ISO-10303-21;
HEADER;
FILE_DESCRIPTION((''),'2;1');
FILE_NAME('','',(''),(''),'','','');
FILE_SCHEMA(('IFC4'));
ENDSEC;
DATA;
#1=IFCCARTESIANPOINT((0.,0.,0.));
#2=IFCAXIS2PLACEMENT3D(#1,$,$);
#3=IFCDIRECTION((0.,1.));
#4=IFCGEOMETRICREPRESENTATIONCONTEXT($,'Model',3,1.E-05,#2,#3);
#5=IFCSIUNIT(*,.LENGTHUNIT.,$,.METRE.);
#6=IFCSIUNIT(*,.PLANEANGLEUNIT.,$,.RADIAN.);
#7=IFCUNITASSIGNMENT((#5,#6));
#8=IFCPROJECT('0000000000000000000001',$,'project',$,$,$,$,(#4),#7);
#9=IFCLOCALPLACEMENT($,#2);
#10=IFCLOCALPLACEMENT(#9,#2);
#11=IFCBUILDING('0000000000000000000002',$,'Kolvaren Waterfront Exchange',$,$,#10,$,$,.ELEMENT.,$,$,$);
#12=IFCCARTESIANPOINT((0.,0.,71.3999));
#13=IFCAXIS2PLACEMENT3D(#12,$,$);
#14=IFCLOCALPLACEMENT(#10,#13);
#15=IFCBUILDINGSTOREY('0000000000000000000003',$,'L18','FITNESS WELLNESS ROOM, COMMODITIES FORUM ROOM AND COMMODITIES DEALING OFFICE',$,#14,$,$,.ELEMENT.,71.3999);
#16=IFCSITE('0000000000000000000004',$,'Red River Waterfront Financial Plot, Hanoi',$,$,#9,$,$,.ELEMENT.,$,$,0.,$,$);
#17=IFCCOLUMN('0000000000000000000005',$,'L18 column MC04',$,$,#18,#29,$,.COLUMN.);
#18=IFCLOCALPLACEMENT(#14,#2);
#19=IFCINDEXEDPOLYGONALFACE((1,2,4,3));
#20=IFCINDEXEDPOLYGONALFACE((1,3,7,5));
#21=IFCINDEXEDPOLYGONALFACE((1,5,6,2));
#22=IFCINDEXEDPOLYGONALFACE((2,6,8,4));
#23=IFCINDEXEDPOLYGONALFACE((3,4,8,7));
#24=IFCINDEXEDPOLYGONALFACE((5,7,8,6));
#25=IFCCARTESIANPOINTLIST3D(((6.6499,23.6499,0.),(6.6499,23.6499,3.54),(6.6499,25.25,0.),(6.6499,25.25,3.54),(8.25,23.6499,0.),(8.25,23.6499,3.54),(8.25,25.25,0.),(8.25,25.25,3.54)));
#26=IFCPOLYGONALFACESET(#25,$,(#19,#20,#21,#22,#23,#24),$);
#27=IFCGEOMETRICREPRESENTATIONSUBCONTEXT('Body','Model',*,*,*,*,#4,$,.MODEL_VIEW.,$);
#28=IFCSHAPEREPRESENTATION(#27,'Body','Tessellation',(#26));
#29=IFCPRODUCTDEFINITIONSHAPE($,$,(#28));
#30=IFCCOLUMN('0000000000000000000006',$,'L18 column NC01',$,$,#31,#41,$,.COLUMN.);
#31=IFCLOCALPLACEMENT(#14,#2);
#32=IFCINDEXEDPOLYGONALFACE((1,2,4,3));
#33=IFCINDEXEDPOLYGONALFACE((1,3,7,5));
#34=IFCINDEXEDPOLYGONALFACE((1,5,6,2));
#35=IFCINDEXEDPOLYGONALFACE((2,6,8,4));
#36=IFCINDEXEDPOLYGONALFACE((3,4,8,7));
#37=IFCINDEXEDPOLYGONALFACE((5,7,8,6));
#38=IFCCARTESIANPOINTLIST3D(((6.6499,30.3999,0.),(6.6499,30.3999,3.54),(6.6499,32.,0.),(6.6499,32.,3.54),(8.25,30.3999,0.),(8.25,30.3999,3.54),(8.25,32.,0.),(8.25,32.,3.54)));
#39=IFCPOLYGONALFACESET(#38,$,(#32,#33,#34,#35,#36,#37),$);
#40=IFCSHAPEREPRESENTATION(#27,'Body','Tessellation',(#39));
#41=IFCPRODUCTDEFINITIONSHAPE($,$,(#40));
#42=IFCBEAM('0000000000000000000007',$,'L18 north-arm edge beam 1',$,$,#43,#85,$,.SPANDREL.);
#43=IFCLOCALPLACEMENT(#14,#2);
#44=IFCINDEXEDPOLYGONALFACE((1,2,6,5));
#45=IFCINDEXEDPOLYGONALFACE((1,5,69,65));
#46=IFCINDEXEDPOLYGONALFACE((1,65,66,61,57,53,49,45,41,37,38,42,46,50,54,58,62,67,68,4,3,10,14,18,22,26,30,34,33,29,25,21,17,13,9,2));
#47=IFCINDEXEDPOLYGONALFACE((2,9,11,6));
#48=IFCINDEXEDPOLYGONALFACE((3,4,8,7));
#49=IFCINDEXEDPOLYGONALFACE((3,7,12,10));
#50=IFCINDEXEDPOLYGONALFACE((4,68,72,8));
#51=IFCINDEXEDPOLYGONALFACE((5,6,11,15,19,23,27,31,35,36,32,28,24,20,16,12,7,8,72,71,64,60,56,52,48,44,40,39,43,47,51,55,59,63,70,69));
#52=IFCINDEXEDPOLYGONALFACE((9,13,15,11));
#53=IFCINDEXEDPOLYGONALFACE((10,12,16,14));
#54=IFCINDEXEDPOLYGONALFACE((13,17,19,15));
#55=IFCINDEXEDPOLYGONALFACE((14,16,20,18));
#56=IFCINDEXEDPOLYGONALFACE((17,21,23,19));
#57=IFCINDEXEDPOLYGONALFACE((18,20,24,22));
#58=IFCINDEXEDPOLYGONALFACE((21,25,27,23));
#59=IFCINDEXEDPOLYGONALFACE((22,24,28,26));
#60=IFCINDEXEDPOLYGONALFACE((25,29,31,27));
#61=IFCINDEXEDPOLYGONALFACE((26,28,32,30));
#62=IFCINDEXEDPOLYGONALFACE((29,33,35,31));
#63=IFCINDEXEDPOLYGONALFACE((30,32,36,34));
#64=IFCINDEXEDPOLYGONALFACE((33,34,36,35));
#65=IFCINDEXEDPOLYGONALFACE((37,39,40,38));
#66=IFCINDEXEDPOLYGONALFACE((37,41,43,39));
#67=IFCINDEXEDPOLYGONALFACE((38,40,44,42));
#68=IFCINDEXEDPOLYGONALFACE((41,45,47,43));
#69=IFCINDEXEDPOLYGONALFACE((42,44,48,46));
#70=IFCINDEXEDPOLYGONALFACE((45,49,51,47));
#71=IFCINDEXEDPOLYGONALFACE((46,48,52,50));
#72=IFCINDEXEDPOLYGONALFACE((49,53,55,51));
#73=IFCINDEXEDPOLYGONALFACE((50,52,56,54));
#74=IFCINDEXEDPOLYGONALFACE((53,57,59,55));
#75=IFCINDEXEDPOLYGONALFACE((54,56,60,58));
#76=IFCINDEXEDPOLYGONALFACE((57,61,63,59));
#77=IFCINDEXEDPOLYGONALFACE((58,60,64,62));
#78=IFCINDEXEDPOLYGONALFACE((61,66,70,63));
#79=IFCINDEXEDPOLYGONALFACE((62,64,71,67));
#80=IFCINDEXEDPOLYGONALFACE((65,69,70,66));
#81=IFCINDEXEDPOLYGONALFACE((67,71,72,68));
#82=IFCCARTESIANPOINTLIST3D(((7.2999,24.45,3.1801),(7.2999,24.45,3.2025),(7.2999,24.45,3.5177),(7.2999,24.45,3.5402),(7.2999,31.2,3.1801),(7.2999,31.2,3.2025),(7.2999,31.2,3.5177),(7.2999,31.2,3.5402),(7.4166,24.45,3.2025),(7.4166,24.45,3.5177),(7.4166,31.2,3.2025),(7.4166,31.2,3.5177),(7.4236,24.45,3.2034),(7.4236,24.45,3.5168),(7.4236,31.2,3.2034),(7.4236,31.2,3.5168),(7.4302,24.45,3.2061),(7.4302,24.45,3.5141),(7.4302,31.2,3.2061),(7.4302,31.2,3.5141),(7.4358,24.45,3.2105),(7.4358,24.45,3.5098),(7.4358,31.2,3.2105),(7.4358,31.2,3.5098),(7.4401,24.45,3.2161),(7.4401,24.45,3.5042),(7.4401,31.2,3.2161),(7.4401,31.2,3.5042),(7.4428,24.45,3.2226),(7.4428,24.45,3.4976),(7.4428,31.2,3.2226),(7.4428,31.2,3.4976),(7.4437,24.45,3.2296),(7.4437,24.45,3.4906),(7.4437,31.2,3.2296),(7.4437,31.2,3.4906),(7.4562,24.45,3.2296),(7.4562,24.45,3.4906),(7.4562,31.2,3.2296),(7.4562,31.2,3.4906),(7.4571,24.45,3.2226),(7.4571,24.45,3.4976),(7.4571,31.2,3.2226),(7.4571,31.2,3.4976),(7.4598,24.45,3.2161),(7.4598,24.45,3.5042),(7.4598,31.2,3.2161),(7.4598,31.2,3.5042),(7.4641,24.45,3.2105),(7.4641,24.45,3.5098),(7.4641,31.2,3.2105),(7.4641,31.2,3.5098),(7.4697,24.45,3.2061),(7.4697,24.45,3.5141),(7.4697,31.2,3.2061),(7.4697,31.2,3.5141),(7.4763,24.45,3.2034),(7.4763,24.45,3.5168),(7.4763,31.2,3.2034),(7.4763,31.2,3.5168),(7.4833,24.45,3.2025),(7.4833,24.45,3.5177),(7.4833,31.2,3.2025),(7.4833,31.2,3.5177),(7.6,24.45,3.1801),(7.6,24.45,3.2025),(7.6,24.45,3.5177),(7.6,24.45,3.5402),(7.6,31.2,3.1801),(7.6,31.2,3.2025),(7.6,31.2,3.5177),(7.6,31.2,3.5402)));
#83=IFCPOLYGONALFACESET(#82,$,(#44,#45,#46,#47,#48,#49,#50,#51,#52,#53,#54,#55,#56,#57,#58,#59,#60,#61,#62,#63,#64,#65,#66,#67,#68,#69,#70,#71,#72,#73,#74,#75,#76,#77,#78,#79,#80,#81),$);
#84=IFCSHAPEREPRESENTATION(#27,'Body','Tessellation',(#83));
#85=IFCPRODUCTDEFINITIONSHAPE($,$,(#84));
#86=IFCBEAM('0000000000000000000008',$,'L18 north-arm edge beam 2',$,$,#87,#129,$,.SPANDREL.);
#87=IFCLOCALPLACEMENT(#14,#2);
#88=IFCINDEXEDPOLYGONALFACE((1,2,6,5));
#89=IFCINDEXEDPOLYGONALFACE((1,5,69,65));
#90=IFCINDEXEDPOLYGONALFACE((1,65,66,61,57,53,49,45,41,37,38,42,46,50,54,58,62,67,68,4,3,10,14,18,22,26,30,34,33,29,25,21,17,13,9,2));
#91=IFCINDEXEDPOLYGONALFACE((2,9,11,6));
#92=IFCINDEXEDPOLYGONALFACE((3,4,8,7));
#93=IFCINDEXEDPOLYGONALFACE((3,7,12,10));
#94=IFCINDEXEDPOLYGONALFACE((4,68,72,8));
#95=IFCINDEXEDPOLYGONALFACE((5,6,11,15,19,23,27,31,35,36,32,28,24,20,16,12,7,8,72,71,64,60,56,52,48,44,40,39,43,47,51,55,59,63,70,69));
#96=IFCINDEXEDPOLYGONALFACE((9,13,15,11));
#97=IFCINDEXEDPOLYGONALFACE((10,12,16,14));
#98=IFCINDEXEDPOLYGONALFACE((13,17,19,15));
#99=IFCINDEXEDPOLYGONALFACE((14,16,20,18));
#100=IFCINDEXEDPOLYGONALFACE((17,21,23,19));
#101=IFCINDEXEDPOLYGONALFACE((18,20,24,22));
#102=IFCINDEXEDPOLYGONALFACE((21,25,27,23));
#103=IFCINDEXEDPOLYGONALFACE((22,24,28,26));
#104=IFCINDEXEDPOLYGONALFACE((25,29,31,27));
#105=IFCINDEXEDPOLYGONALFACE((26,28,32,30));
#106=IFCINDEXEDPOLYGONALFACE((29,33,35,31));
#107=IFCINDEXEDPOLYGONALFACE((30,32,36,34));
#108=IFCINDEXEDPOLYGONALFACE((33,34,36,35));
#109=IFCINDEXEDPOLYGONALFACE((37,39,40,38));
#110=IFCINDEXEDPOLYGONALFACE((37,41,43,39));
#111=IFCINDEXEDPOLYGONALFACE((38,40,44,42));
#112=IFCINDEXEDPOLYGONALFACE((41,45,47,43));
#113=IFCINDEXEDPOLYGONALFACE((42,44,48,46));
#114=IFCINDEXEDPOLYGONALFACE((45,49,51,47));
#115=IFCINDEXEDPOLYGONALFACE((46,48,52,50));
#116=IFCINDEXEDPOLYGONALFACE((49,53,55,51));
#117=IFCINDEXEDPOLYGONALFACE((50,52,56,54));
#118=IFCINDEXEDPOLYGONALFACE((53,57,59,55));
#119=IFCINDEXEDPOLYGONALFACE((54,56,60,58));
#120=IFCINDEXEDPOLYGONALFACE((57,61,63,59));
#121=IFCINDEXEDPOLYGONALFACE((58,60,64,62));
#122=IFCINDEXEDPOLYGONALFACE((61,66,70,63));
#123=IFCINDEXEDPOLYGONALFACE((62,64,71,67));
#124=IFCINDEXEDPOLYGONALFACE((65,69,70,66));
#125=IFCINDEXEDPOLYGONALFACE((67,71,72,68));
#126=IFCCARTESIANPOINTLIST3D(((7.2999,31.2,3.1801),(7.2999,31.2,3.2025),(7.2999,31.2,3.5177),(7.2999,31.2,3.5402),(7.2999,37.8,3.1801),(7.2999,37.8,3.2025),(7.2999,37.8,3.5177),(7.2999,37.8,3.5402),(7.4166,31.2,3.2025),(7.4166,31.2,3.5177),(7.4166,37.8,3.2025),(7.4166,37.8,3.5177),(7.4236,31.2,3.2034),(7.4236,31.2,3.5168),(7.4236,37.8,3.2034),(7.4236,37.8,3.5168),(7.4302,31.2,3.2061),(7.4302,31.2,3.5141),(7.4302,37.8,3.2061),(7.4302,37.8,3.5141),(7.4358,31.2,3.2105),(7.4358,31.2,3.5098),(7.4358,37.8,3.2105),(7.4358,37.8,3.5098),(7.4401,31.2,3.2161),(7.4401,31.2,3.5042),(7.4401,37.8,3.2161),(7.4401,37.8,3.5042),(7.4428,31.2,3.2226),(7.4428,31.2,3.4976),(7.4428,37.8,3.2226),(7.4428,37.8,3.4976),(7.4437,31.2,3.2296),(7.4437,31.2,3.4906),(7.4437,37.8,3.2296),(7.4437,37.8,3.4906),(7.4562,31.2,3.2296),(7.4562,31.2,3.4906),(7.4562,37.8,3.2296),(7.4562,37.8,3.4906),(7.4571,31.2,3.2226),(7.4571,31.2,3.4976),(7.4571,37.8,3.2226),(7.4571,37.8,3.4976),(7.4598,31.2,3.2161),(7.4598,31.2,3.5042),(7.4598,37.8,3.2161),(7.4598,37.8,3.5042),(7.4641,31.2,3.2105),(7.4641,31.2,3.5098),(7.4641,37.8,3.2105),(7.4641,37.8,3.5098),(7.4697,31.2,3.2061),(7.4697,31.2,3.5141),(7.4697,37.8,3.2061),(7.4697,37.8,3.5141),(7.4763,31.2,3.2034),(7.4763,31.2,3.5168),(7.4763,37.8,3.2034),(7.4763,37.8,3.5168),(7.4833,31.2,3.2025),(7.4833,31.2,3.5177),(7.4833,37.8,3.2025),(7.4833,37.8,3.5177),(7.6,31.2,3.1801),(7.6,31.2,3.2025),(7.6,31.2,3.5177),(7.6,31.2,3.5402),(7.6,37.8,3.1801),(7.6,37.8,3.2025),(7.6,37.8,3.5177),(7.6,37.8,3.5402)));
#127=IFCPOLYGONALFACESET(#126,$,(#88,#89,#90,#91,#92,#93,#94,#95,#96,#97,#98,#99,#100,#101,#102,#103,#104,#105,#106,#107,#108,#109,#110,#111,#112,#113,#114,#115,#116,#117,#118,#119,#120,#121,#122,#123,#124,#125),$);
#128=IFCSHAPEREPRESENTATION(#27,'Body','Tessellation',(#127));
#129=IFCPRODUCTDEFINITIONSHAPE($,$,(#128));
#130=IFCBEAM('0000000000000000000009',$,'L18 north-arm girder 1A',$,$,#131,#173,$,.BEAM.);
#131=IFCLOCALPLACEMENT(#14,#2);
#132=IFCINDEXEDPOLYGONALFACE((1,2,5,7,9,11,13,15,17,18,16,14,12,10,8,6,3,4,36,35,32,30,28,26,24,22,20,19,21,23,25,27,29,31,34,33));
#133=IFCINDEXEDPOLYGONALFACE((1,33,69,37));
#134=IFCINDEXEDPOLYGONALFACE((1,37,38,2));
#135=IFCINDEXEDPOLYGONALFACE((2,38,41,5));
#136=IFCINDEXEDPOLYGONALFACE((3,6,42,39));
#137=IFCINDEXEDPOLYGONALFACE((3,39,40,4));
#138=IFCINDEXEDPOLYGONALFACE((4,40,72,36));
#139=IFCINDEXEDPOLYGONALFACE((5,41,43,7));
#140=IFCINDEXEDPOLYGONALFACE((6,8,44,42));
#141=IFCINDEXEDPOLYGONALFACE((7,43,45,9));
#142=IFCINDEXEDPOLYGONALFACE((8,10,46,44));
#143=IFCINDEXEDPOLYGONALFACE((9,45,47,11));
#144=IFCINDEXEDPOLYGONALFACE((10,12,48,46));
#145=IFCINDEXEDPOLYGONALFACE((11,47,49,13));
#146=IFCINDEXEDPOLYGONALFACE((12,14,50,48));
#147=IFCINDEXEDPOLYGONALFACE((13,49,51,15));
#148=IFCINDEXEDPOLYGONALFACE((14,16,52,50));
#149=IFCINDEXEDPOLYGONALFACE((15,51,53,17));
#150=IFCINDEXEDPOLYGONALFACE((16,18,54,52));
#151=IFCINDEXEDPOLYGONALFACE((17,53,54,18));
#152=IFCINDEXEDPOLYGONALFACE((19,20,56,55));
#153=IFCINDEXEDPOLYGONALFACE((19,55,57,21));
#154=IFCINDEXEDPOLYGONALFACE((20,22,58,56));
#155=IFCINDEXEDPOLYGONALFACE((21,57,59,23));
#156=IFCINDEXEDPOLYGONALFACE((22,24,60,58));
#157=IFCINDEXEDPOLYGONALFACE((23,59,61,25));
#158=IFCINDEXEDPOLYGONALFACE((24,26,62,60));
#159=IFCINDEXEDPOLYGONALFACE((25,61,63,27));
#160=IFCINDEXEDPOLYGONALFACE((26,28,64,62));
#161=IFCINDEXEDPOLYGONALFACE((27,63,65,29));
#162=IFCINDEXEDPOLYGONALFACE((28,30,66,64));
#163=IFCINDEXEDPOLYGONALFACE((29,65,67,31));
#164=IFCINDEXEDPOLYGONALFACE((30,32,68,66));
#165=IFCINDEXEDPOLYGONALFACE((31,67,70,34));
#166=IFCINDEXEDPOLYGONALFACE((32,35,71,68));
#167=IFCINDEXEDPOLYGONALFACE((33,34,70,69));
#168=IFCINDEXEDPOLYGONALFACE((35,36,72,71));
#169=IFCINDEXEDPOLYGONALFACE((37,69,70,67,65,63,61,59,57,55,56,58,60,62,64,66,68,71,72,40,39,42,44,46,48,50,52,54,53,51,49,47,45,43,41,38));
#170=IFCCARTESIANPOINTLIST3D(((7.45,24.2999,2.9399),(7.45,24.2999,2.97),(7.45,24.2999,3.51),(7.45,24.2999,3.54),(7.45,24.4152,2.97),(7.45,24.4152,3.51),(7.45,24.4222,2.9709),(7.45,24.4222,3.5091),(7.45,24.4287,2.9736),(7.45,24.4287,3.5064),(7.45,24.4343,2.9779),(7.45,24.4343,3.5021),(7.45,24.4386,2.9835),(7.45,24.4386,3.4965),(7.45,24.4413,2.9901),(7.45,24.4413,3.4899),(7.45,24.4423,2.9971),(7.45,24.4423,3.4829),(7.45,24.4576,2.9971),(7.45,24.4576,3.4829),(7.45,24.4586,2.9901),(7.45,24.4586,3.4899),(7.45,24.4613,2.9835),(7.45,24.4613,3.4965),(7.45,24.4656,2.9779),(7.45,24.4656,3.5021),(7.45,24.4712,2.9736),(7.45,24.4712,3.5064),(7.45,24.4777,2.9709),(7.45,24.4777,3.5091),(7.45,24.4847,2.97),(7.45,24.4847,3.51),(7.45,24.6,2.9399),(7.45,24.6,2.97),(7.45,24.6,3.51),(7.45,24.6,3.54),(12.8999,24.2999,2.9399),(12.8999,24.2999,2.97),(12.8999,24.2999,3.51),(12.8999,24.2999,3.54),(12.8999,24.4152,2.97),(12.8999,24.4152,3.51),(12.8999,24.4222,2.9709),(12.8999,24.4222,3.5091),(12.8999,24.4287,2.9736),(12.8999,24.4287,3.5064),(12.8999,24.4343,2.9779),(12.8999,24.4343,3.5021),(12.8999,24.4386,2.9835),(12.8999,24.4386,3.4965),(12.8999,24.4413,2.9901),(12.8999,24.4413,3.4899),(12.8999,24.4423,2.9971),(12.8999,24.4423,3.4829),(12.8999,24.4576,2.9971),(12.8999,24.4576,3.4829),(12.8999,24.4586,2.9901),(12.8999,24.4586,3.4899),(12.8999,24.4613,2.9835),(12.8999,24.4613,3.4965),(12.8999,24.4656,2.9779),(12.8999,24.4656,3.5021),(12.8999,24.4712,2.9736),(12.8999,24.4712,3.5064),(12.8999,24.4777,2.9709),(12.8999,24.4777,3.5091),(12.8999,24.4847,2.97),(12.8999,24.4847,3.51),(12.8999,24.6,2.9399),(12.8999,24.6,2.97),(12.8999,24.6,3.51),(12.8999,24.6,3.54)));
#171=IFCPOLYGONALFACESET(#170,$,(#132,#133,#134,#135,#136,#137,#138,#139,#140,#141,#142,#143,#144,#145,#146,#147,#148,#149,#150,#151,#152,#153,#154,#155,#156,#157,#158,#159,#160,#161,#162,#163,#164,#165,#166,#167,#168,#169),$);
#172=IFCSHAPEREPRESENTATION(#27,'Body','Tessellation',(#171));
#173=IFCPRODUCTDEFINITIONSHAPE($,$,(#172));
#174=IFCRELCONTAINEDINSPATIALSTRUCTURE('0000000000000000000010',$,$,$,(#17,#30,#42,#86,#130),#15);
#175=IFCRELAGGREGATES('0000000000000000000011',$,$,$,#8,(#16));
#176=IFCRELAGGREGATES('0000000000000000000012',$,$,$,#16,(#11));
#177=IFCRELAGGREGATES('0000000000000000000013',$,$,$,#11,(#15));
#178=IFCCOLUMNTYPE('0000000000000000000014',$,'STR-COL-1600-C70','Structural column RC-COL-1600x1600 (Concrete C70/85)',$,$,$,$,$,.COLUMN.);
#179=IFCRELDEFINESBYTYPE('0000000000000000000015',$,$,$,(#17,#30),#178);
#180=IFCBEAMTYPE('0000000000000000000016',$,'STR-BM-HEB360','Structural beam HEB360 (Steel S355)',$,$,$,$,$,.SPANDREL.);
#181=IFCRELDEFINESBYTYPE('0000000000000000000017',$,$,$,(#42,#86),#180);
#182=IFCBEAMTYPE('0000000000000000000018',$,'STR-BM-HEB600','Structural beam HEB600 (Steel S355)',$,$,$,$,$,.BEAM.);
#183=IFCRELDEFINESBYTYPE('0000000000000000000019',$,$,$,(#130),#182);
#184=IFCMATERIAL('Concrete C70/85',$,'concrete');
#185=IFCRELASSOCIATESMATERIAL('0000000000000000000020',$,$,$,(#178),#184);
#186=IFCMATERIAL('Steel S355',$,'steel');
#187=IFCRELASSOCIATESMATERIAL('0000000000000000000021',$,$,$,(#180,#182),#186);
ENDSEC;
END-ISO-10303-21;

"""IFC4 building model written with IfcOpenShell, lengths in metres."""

from ifc_helpers import new_model, si_unit, direction, frame, origin, origin_2d, place, context, subcontext, project, spatial, rectangle, i_section, extrude, material, material_profile, profile_set, type_object, element, save


model = new_model("IFC4")

# Units and contexts
model_context = context("Model", 3, precision=1e-05, world=origin(), true_north=direction((0.0, 1.0)))
body_context = subcontext(model_context, "Body", "Model", "MODEL_VIEW")
ifc_project = project(units=[si_unit("LENGTHUNIT", "METRE"), si_unit("PLANEANGLEUNIT", "RADIAN")], contexts=[model_context])

# Site, building, storey
site_placement = place(None, origin())
site = spatial("IfcSite", under=ifc_project, at=site_placement, Name="Red River Waterfront Financial Plot, Hanoi", CompositionType="ELEMENT", RefElevation=0.0)
building_placement = place(site_placement, origin())
building = spatial("IfcBuilding", under=site, at=building_placement, Name="Kolvaren Waterfront Exchange", CompositionType="ELEMENT")
storey_placement = place(building_placement, frame((0.0, 0.0, 71.3999)))
storey = spatial("IfcBuildingStorey", under=building, at=storey_placement, Name="L18", Description="FITNESS WELLNESS ROOM, COMMODITIES FORUM ROOM AND COMMODITIES DEALING OFFICE", CompositionType="ELEMENT", Elevation=71.3999)

# Columns
ifc_material_1 = material(Name="Concrete C70/85", Category="concrete")
ifc_material_profile_1 = material_profile(ifc_material_1, rectangle(XDim=1.6001, YDim=1.6001, at=origin_2d()), Name="RC-COL-1600x1600")
ifc_profile_set_1 = profile_set([ifc_material_profile_1], Name="Concrete C70/85")
column_type = type_object("IfcColumnType", Name="STR-COL-1600-C70", Description="Structural column RC-COL-1600x1600 (Concrete C70/85)", PredefinedType="COLUMN", material=ifc_profile_set_1)
for number, where, z_axis, x_axis, name in (
    (1, (7.45, 24.45, 0.0), (0.0, 0.0, 1.0), (1.0, 0.0, 0.0), "L18 column MC04"),
    (2, (7.45, 31.2, 0.0), (0.0, 0.0, 1.0), (1.0, 0.0, 0.0), "L18 column NC01"),
):
    element("IfcColumn", number, at=place(storey_placement, frame(where, z_axis=z_axis, x_axis=x_axis)), inside=storey, type_object=column_type, Name=name, PredefinedType="COLUMN", context=body_context, shape_type="SweptSolid", body=[
        extrude(rectangle(XDim=1.6001, YDim=1.6001, at=origin_2d()), origin(), (0.0, 0.0, 1.0), 3.54),
    ])

# Beams
ifc_material_2 = material(Name="Steel S355", Category="steel")
ifc_material_profile_2 = material_profile(ifc_material_2, i_section(OverallWidth=0.3, OverallDepth=0.3601, WebThickness=0.0125, FlangeThickness=0.0225, FilletRadius=0.0271, at=origin_2d()), Name="HEB360")
ifc_profile_set_2 = profile_set([ifc_material_profile_2], Name="Steel S355")
beam_type_1 = type_object("IfcBeamType", Name="STR-BM-HEB360", Description="Structural beam HEB360 (Steel S355)", PredefinedType="SPANDREL", material=ifc_profile_set_2)
beam_1_placement = place(storey_placement, frame((7.45, 24.45, 3.3601), z_axis=(0.0, 1.0, 0.0), x_axis=(-1.0, 0.0, 0.0)))
element("IfcBeam", 3, at=beam_1_placement, inside=storey, type_object=beam_type_1, Name="L18 north-arm edge beam 1", PredefinedType="SPANDREL", context=body_context, shape_type="SweptSolid", body=[
    extrude(i_section(OverallWidth=0.3, OverallDepth=0.3601, WebThickness=0.0125, FlangeThickness=0.0225, FilletRadius=0.0271, at=origin_2d()), origin(), (0.0, 0.0, 1.0), 6.75),
])
beam_2_placement = place(storey_placement, frame((7.45, 31.2, 3.3601), z_axis=(0.0, 1.0, 0.0), x_axis=(-1.0, 0.0, 0.0)))
element("IfcBeam", 4, at=beam_2_placement, inside=storey, type_object=beam_type_1, Name="L18 north-arm edge beam 2", PredefinedType="SPANDREL", context=body_context, shape_type="SweptSolid", body=[
    extrude(i_section(OverallWidth=0.3, OverallDepth=0.3601, WebThickness=0.0125, FlangeThickness=0.0225, FilletRadius=0.0271, at=origin_2d()), origin(), (0.0, 0.0, 1.0), 6.6001),
])
ifc_material_profile_3 = material_profile(ifc_material_2, i_section(OverallWidth=0.3, OverallDepth=0.6001, WebThickness=0.0154, FlangeThickness=0.03, FilletRadius=0.0271, at=origin_2d()), Name="HEB600")
ifc_profile_set_3 = profile_set([ifc_material_profile_3], Name="Steel S355")
beam_type_2 = type_object("IfcBeamType", Name="STR-BM-HEB600", Description="Structural beam HEB600 (Steel S355)", PredefinedType="BEAM", material=ifc_profile_set_3)
for number, where, z_axis, x_axis, name in (
    (5, (7.45, 24.45, 3.24), (1.0, 0.0, 0.0), (0.0, 1.0, 0.0), "L18 north-arm girder 1A"),
):
    element("IfcBeam", number, at=place(storey_placement, frame(where, z_axis=z_axis, x_axis=x_axis)), inside=storey, type_object=beam_type_2, Name=name, PredefinedType="BEAM", context=body_context, shape_type="SweptSolid", body=[
        extrude(i_section(OverallWidth=0.3, OverallDepth=0.6001, WebThickness=0.0154, FlangeThickness=0.03, FilletRadius=0.0271, at=origin_2d()), origin(), (0.0, 0.0, 1.0), 5.45),
    ])

save(model, "model.ifc")
